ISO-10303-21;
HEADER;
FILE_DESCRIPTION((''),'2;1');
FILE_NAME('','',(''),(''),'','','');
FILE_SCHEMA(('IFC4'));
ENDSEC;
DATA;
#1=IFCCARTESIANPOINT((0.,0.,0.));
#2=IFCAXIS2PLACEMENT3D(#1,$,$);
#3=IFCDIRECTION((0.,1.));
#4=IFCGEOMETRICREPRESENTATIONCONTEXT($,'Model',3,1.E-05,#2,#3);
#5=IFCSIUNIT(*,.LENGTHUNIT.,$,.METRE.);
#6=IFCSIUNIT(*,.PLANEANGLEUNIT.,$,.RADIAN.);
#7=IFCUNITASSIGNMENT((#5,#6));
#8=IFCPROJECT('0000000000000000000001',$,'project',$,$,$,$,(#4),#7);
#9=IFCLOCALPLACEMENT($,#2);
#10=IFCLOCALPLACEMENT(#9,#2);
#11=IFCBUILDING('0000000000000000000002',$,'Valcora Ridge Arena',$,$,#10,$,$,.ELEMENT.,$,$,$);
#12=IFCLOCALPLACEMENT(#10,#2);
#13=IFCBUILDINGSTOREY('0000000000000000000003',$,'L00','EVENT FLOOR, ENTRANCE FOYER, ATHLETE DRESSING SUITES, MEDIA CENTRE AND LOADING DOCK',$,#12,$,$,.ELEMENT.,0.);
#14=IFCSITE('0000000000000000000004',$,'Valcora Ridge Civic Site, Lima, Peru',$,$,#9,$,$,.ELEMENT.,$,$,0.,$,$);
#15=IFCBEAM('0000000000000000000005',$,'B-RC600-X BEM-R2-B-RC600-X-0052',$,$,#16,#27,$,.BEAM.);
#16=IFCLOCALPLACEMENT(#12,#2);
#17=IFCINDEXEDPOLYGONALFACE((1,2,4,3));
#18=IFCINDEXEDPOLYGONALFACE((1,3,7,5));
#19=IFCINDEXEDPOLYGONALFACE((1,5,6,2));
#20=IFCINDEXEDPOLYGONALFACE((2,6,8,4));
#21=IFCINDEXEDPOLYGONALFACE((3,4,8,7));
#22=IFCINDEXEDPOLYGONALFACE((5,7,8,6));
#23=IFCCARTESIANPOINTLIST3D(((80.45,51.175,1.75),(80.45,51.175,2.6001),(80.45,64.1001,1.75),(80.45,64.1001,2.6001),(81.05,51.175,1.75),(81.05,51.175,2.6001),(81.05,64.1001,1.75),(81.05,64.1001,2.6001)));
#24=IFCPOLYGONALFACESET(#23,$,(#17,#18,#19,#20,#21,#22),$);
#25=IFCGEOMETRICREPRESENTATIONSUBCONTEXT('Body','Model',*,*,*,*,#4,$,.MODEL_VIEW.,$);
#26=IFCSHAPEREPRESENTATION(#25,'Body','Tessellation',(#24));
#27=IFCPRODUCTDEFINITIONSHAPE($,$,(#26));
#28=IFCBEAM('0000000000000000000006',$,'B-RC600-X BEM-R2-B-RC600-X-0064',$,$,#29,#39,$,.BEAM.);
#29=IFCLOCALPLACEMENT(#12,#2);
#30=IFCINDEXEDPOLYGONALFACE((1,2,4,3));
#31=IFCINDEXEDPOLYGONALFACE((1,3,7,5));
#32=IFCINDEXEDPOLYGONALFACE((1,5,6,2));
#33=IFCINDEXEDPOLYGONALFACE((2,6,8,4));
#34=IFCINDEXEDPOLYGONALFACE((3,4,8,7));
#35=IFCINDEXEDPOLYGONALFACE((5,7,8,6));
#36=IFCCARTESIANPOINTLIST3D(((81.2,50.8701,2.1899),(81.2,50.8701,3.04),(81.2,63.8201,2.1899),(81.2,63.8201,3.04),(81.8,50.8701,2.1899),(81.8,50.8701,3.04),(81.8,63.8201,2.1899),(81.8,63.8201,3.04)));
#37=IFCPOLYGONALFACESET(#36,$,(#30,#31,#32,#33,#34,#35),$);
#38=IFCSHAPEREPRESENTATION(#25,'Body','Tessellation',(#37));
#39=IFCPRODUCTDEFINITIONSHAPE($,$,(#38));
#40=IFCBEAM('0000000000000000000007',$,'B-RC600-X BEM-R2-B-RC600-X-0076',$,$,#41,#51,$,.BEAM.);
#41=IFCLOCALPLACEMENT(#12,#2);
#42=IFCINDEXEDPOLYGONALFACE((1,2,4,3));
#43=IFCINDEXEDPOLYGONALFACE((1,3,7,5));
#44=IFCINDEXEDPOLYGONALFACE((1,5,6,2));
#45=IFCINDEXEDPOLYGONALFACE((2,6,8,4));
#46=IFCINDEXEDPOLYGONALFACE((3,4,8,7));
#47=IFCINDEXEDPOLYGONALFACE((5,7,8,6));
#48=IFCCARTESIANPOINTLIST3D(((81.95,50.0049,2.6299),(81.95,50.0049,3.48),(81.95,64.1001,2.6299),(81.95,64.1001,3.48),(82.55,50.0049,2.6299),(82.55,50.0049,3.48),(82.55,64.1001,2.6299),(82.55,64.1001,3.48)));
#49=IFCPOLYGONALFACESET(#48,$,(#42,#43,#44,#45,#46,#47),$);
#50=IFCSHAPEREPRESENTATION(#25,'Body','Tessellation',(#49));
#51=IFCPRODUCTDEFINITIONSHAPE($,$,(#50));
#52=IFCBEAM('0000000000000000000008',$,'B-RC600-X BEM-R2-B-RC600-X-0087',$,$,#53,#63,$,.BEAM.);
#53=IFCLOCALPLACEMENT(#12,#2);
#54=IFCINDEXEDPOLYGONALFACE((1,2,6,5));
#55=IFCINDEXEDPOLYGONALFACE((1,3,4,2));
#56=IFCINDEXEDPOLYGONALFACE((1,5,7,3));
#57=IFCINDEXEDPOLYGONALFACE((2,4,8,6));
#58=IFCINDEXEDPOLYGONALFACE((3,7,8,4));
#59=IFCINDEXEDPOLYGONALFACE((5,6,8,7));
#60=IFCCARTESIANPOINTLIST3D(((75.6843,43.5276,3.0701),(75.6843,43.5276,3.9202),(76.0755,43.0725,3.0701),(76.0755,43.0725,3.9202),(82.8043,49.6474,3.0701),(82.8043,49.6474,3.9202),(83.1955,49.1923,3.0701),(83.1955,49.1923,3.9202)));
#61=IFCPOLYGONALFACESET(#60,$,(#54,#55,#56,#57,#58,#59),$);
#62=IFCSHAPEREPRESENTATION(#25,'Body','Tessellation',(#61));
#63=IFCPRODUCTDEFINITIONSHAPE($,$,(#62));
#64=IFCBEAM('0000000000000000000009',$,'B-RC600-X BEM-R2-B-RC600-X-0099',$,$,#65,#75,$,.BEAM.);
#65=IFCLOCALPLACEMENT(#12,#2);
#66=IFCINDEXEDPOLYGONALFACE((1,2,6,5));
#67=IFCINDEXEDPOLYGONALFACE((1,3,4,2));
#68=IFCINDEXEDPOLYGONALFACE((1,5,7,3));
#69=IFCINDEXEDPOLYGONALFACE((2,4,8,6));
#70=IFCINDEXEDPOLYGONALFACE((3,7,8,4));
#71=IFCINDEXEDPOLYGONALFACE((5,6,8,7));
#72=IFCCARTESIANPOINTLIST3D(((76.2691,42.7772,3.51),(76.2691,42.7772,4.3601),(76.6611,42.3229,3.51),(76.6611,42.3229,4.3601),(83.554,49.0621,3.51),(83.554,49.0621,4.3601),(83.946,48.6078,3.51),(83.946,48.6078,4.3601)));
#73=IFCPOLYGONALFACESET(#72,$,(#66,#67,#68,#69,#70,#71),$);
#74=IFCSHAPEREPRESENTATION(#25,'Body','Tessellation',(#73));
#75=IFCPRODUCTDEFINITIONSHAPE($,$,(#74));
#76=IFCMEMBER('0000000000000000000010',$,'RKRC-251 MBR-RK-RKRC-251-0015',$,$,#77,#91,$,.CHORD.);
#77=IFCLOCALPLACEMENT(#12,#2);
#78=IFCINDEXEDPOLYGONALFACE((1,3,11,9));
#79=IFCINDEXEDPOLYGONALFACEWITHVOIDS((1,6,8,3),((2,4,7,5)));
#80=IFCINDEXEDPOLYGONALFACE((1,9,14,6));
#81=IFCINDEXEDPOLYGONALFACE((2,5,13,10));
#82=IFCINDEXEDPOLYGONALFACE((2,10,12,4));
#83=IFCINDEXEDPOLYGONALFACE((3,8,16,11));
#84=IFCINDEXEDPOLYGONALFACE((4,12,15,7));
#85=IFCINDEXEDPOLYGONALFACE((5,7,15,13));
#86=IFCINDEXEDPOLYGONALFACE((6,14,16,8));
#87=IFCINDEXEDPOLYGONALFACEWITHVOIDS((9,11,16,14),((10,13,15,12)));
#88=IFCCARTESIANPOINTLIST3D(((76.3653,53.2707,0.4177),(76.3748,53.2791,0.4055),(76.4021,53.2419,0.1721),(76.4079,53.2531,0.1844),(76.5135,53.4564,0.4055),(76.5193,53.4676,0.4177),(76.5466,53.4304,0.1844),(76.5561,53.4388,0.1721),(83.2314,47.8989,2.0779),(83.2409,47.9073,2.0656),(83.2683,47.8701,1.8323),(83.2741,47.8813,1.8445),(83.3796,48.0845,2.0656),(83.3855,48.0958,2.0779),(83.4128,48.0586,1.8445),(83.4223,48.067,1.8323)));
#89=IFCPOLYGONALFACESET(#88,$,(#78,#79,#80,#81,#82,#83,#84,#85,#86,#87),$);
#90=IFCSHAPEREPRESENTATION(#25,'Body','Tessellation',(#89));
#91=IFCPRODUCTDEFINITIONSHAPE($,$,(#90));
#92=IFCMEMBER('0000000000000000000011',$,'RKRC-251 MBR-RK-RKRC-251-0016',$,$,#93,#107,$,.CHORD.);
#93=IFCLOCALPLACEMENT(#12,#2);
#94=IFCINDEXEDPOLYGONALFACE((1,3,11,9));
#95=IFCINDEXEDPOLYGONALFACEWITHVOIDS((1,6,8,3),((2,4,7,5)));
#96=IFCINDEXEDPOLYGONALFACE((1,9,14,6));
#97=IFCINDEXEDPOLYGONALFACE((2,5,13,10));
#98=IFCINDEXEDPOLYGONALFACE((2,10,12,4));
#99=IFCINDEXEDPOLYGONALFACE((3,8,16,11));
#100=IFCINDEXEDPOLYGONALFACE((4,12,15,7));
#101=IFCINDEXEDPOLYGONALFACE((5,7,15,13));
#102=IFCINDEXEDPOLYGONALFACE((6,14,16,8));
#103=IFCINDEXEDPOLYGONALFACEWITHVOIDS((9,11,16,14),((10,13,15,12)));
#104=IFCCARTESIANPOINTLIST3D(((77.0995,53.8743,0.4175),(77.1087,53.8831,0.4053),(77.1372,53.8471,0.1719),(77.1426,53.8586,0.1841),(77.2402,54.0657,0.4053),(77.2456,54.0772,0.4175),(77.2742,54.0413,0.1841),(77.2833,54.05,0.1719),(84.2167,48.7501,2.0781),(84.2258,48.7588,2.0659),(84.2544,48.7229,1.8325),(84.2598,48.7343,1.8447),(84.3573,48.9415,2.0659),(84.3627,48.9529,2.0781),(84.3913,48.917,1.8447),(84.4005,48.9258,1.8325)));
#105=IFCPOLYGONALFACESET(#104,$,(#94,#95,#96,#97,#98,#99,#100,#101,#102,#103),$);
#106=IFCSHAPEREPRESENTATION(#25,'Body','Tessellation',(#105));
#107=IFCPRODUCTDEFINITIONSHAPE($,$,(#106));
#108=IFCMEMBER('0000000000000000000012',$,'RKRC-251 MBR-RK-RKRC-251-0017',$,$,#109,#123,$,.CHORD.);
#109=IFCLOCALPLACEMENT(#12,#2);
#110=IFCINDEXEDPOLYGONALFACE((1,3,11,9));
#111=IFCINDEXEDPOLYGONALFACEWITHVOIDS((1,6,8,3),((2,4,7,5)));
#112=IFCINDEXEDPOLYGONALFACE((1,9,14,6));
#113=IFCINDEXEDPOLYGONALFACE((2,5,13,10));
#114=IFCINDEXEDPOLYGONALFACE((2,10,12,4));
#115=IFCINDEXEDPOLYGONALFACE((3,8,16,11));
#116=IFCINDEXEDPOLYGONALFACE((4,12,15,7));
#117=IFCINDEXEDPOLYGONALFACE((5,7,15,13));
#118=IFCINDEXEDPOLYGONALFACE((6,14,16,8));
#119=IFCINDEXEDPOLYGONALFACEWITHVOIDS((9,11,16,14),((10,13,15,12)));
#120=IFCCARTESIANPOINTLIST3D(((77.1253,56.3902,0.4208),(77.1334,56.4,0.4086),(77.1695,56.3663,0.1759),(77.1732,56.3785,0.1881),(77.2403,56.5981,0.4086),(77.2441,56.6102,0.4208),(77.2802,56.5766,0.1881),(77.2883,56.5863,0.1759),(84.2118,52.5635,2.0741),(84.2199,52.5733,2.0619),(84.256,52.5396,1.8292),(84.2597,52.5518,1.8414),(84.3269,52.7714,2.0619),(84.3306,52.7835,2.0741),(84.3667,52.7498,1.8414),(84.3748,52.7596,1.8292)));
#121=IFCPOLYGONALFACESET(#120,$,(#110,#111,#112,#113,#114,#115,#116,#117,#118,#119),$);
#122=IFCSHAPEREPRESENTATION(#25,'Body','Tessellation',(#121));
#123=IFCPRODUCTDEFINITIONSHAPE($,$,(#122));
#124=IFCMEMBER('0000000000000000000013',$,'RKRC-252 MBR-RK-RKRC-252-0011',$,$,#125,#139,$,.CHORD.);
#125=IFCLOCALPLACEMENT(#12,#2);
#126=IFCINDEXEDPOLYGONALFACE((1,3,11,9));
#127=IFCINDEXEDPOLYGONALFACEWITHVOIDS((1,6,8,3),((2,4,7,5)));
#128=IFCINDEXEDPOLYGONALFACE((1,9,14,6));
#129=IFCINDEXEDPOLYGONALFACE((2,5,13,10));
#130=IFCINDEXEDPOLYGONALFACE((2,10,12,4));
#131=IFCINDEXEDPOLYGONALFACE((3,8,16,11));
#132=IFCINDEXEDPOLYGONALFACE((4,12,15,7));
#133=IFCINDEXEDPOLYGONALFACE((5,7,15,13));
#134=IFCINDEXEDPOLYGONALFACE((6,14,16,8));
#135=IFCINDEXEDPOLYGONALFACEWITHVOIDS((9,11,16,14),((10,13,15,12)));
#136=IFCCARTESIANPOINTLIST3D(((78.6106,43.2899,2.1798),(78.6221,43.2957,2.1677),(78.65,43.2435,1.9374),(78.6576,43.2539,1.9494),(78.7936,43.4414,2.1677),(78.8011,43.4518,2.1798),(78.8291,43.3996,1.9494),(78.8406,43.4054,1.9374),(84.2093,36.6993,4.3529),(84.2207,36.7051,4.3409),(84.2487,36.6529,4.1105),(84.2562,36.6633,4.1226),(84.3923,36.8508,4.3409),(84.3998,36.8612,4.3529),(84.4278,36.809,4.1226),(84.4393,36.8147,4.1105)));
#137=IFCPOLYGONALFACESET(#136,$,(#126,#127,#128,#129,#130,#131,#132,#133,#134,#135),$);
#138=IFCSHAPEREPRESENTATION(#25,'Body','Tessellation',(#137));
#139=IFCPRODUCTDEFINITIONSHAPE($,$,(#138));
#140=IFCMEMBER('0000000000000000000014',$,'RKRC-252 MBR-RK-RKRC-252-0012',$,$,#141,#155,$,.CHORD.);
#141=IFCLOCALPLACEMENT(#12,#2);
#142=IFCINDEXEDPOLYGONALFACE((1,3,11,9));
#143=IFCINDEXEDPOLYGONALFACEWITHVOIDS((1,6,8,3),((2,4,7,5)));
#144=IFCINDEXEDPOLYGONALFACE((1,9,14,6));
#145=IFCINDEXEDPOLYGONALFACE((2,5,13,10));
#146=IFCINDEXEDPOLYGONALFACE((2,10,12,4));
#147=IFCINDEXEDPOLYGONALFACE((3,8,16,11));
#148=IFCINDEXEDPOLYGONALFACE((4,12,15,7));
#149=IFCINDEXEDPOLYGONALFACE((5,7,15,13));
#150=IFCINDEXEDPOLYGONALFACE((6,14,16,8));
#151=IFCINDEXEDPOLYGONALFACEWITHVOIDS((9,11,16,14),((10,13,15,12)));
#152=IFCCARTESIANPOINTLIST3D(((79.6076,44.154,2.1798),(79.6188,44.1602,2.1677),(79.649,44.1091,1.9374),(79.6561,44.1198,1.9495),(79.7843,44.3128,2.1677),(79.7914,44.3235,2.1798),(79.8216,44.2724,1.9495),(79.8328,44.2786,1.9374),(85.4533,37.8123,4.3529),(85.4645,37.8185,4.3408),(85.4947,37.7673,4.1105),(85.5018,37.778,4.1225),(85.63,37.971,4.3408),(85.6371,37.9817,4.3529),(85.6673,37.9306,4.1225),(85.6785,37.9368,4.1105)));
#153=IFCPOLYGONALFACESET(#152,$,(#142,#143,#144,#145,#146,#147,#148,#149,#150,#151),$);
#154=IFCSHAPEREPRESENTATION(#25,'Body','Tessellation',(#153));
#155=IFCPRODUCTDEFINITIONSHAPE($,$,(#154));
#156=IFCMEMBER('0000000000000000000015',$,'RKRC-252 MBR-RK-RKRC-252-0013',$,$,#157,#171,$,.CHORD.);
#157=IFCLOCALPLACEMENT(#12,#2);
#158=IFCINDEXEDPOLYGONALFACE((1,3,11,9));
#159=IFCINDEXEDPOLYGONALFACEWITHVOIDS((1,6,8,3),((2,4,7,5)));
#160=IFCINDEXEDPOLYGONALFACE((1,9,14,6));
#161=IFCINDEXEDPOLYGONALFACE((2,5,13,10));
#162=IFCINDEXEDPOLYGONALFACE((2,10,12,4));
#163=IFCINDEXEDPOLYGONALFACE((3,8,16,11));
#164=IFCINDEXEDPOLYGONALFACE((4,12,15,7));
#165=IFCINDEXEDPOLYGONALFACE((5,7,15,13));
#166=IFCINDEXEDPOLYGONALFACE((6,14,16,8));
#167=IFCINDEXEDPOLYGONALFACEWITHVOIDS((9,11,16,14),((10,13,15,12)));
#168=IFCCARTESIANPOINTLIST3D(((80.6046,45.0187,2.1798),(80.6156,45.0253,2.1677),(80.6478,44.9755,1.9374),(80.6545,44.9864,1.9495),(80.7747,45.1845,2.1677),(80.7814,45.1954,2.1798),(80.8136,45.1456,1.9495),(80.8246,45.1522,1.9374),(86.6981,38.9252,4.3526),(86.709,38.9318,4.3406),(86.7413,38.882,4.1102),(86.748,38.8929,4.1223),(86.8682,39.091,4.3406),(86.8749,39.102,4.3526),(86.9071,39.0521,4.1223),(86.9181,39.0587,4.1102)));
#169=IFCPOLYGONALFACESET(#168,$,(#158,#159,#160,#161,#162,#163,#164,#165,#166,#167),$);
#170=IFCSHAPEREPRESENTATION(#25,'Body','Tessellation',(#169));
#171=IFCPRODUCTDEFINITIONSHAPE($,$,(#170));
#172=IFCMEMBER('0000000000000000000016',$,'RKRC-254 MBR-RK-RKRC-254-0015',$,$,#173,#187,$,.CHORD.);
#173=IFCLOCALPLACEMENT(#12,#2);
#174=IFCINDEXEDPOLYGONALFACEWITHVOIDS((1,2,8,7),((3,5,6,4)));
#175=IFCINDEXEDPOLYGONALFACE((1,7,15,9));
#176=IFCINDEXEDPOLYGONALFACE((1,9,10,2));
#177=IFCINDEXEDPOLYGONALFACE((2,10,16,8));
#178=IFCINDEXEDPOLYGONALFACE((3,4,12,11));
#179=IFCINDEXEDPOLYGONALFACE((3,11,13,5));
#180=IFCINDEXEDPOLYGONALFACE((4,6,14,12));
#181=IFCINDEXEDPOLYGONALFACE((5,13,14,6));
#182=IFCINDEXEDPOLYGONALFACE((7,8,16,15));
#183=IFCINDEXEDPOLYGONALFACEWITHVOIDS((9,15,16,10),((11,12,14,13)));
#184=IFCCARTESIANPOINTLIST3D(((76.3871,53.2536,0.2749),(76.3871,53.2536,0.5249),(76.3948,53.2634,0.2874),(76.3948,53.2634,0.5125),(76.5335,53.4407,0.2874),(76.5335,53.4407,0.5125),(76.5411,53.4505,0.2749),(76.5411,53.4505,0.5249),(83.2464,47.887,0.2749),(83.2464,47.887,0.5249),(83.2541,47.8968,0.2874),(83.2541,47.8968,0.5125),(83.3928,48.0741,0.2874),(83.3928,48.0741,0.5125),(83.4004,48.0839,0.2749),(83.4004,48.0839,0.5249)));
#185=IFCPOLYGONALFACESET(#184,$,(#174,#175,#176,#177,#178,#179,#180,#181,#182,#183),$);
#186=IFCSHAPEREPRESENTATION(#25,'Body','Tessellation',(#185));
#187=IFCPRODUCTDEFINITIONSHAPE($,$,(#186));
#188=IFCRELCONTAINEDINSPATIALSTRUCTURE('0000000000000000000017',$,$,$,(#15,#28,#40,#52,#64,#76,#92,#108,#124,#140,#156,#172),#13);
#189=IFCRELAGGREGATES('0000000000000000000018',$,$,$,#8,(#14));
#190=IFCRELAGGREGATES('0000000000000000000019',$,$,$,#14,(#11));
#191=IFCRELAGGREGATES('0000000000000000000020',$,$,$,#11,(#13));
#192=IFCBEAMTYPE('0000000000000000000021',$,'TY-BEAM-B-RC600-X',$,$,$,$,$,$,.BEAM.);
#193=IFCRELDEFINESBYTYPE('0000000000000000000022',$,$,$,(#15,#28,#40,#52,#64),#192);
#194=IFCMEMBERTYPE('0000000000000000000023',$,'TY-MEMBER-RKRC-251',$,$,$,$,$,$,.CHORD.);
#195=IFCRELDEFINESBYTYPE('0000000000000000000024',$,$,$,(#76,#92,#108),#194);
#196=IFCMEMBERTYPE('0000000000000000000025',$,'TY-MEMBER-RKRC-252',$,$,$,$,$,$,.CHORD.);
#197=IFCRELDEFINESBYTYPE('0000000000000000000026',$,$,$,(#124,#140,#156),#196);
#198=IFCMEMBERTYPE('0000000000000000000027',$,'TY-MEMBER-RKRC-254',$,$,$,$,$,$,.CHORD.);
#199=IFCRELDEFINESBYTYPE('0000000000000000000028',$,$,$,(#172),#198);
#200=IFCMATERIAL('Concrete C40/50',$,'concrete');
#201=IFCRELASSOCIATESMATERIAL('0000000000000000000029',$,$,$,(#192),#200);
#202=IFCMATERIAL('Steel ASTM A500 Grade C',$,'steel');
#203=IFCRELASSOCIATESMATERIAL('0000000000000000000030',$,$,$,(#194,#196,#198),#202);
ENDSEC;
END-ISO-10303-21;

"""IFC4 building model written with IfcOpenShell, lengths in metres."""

from ifc_helpers import new_model, si_unit, direction, frame, origin, origin_2d, place, context, subcontext, project, spatial, rectangle, hollow_rectangle, extrude, material, material_profile, profile_set, type_object, element, save


model = new_model("IFC4")

# Units and contexts
model_context = context("Model", 3, precision=1e-05, world=origin(), true_north=direction((0.0, 1.0)))
body_context = subcontext(model_context, "Body", "Model", "MODEL_VIEW")
ifc_project = project(units=[si_unit("LENGTHUNIT", "METRE"), si_unit("PLANEANGLEUNIT", "RADIAN")], contexts=[model_context])

# Site, building, storey
site_placement = place(None, origin())
site = spatial("IfcSite", under=ifc_project, at=site_placement, Name="Valcora Ridge Civic Site, Lima, Peru", CompositionType="ELEMENT", RefElevation=0.0)
building_placement = place(site_placement, origin())
building = spatial("IfcBuilding", under=site, at=building_placement, Name="Valcora Ridge Arena", CompositionType="ELEMENT")
storey_placement = place(building_placement, origin())
storey = spatial("IfcBuildingStorey", under=building, at=storey_placement, Name="L00", Description="EVENT FLOOR, ENTRANCE FOYER, ATHLETE DRESSING SUITES, MEDIA CENTRE AND LOADING DOCK", CompositionType="ELEMENT", Elevation=0.0)

# Shared definitions
ifc_material_1 = material(Name="Concrete C40/50", Category="concrete")

# Beams
ifc_material_profile_1 = material_profile(ifc_material_1, rectangle(XDim=0.6001, YDim=0.8501, at=origin_2d()), Name="RC 600x850")
ifc_profile_set_1 = profile_set([ifc_material_profile_1], Name="Concrete C40/50")
beam_type = type_object("IfcBeamType", Name="TY-BEAM-B-RC600-X", PredefinedType="BEAM", material=ifc_profile_set_1)
beam_1_placement = place(storey_placement, frame((80.75, 51.175, 2.175), z_axis=(0.0, 1.0, 0.0), x_axis=(-1.0, 0.0, 0.0)))
element("IfcBeam", 1, at=beam_1_placement, inside=storey, type_object=beam_type, Name="B-RC600-X BEM-R2-B-RC600-X-0052", PredefinedType="BEAM", context=body_context, shape_type="SweptSolid", body=[
    extrude(rectangle(XDim=0.6001, YDim=0.8501, at=origin_2d()), origin(), (0.0, 0.0, 1.0), 12.925),
])
beam_2_placement = place(storey_placement, frame((81.5, 50.8701, 2.615), z_axis=(0.0, 1.0, 0.0), x_axis=(-1.0, 0.0, 0.0)))
element("IfcBeam", 2, at=beam_2_placement, inside=storey, type_object=beam_type, Name="B-RC600-X BEM-R2-B-RC600-X-0064", PredefinedType="BEAM", context=body_context, shape_type="SweptSolid", body=[
    extrude(rectangle(XDim=0.6001, YDim=0.8501, at=origin_2d()), origin(), (0.0, 0.0, 1.0), 12.95),
])
beam_3_placement = place(storey_placement, frame((82.25, 50.0049, 3.0549), z_axis=(0.0, 1.0, 0.0), x_axis=(-1.0, 0.0, 0.0)))
element("IfcBeam", 3, at=beam_3_placement, inside=storey, type_object=beam_type, Name="B-RC600-X BEM-R2-B-RC600-X-0076", PredefinedType="BEAM", context=body_context, shape_type="SweptSolid", body=[
    extrude(rectangle(XDim=0.6001, YDim=0.8501, at=origin_2d()), origin(), (0.0, 0.0, 1.0), 14.0952),
])
beam_4_placement = place(storey_placement, frame((75.8799, 43.3, 3.4951), z_axis=(0.758366, 0.651829, 0.0), x_axis=(-0.651829, 0.758366, 0.0)))
element("IfcBeam", 4, at=beam_4_placement, inside=storey, type_object=beam_type, Name="B-RC600-X BEM-R2-B-RC600-X-0087", PredefinedType="BEAM", context=body_context, shape_type="SweptSolid", body=[
    extrude(rectangle(XDim=0.6001, YDim=0.8501, at=origin_2d()), origin(), (0.0, 0.0, 1.0), 9.3887),
])
beam_5_placement = place(storey_placement, frame((76.4651, 42.55, 3.9351), z_axis=(0.757162, 0.653227, 0.0), x_axis=(-0.653227, 0.757162, 0.0)))
element("IfcBeam", 5, at=beam_5_placement, inside=storey, type_object=beam_type, Name="B-RC600-X BEM-R2-B-RC600-X-0099", PredefinedType="BEAM", context=body_context, shape_type="SweptSolid", body=[
    extrude(rectangle(XDim=0.6001, YDim=0.8501, at=origin_2d()), origin(), (0.0, 0.0, 1.0), 9.6213),
])

# Members
ifc_material_2 = material(Name="Steel ASTM A500 Grade C", Category="steel")
ifc_material_profile_2 = material_profile(ifc_material_2, hollow_rectangle(XDim=0.25, YDim=0.25, WallThickness=0.0125, at=origin_2d()), Name="HSS250X250X12")
ifc_profile_set_2 = profile_set([ifc_material_profile_2], Name="Steel ASTM A500 Grade C")
member_type_1 = type_object("IfcMemberType", Name="TY-MEMBER-RKRC-251", PredefinedType="CHORD", material=ifc_profile_set_2)
member_1_placement = place(storey_placement, frame((76.4607, 53.3547, 0.2949), z_axis=(0.773698, -0.605307, 0.18707), x_axis=(0.616185, 0.787601, 0.0)))
element("IfcMember", 6, at=member_1_placement, inside=storey, type_object=member_type_1, Name="RKRC-251 MBR-RK-RKRC-251-0015", PredefinedType="CHORD", context=body_context, shape_type="SweptSolid", body=[
    extrude(hollow_rectangle(XDim=0.25, YDim=0.25, WallThickness=0.0125, at=origin_2d()), origin(), (0.0, 0.0, 1.0), 8.8745),
])
member_2_placement = place(storey_placement, frame((77.1914, 53.9622, 0.2947), z_axis=(0.797371, -0.574095, 0.18605), x_axis=(0.584297, 0.81154, 0.0)))
element("IfcMember", 7, at=member_2_placement, inside=storey, type_object=member_type_1, Name="RKRC-251 MBR-RK-RKRC-251-0016", PredefinedType="CHORD", context=body_context, shape_type="SweptSolid", body=[
    extrude(hollow_rectangle(XDim=0.25, YDim=0.25, WallThickness=0.0125, at=origin_2d()), origin(), (0.0, 0.0, 1.0), 8.9258),
])
member_3_placement = place(storey_placement, frame((77.2068, 56.4883, 0.2983), z_axis=(0.861931, -0.465441, 0.201095), x_axis=(0.475148, 0.879906, 0.0)))
element("IfcMember", 8, at=member_3_placement, inside=storey, type_object=member_type_1, Name="RKRC-251 MBR-RK-RKRC-251-0017", PredefinedType="CHORD", context=body_context, shape_type="SweptSolid", body=[
    extrude(hollow_rectangle(XDim=0.25, YDim=0.25, WallThickness=0.0125, at=origin_2d()), origin(), (0.0, 0.0, 1.0), 8.2217),
])
ifc_material_profile_3 = material_profile(ifc_material_2, hollow_rectangle(XDim=0.25, YDim=0.25, WallThickness=0.0125, at=origin_2d()), Name="HSS250X250X12")
ifc_profile_set_3 = profile_set([ifc_material_profile_3], Name="Steel ASTM A500 Grade C")
member_type_2 = type_object("IfcMemberType", Name="TY-MEMBER-RKRC-252", PredefinedType="CHORD", material=ifc_profile_set_3)
member_4_placement = place(storey_placement, frame((78.7256, 43.3477, 2.0586), z_axis=(0.627901, -0.73915, 0.243718), x_axis=(0.762131, 0.647423, 0.0)))
element("IfcMember", 9, at=member_4_placement, inside=storey, type_object=member_type_2, Name="RKRC-252 MBR-RK-RKRC-252-0011", PredefinedType="CHORD", context=body_context, shape_type="SweptSolid", body=[
    extrude(hollow_rectangle(XDim=0.25, YDim=0.25, WallThickness=0.0125, at=origin_2d()), origin(), (0.0, 0.0, 1.0), 8.9165),
])
member_5_placement = place(storey_placement, frame((79.7202, 44.2163, 2.0586), z_axis=(0.657223, -0.712998, 0.244318), x_axis=(0.735281, 0.677763, 0.0)))
element("IfcMember", 10, at=member_5_placement, inside=storey, type_object=member_type_2, Name="RKRC-252 MBR-RK-RKRC-252-0012", PredefinedType="CHORD", context=body_context, shape_type="SweptSolid", body=[
    extrude(hollow_rectangle(XDim=0.25, YDim=0.25, WallThickness=0.0125, at=origin_2d()), origin(), (0.0, 0.0, 1.0), 8.8945),
])
member_6_placement = place(storey_placement, frame((80.7146, 45.0854, 2.0586), z_axis=(0.685647, -0.685647, 0.244491), x_axis=(0.707107, 0.707107, 0.0)))
element("IfcMember", 11, at=member_6_placement, inside=storey, type_object=member_type_2, Name="RKRC-252 MBR-RK-RKRC-252-0013", PredefinedType="CHORD", context=body_context, shape_type="SweptSolid", body=[
    extrude(hollow_rectangle(XDim=0.25, YDim=0.25, WallThickness=0.0125, at=origin_2d()), origin(), (0.0, 0.0, 1.0), 8.8872),
])
ifc_material_profile_4 = material_profile(ifc_material_2, hollow_rectangle(XDim=0.25, YDim=0.25, WallThickness=0.0125, at=origin_2d()), Name="HSS250X250X12")
ifc_profile_set_4 = profile_set([ifc_material_profile_4], Name="Steel ASTM A500 Grade C")
member_type_3 = type_object("IfcMemberType", Name="TY-MEMBER-RKRC-254", PredefinedType="CHORD", material=ifc_profile_set_4)
member_7_placement = place(storey_placement, frame((76.4641, 53.3521, 0.3999), z_axis=(0.787589, -0.616201, 0.0), x_axis=(0.616201, 0.787589, 0.0)))
element("IfcMember", 12, at=member_7_placement, inside=storey, type_object=member_type_3, Name="RKRC-254 MBR-RK-RKRC-254-0015", PredefinedType="CHORD", context=body_context, shape_type="SweptSolid", body=[
    extrude(hollow_rectangle(XDim=0.25, YDim=0.25, WallThickness=0.0125, at=origin_2d()), origin(), (0.0, 0.0, 1.0), 8.7092),
])

save(model, "model.ifc")
